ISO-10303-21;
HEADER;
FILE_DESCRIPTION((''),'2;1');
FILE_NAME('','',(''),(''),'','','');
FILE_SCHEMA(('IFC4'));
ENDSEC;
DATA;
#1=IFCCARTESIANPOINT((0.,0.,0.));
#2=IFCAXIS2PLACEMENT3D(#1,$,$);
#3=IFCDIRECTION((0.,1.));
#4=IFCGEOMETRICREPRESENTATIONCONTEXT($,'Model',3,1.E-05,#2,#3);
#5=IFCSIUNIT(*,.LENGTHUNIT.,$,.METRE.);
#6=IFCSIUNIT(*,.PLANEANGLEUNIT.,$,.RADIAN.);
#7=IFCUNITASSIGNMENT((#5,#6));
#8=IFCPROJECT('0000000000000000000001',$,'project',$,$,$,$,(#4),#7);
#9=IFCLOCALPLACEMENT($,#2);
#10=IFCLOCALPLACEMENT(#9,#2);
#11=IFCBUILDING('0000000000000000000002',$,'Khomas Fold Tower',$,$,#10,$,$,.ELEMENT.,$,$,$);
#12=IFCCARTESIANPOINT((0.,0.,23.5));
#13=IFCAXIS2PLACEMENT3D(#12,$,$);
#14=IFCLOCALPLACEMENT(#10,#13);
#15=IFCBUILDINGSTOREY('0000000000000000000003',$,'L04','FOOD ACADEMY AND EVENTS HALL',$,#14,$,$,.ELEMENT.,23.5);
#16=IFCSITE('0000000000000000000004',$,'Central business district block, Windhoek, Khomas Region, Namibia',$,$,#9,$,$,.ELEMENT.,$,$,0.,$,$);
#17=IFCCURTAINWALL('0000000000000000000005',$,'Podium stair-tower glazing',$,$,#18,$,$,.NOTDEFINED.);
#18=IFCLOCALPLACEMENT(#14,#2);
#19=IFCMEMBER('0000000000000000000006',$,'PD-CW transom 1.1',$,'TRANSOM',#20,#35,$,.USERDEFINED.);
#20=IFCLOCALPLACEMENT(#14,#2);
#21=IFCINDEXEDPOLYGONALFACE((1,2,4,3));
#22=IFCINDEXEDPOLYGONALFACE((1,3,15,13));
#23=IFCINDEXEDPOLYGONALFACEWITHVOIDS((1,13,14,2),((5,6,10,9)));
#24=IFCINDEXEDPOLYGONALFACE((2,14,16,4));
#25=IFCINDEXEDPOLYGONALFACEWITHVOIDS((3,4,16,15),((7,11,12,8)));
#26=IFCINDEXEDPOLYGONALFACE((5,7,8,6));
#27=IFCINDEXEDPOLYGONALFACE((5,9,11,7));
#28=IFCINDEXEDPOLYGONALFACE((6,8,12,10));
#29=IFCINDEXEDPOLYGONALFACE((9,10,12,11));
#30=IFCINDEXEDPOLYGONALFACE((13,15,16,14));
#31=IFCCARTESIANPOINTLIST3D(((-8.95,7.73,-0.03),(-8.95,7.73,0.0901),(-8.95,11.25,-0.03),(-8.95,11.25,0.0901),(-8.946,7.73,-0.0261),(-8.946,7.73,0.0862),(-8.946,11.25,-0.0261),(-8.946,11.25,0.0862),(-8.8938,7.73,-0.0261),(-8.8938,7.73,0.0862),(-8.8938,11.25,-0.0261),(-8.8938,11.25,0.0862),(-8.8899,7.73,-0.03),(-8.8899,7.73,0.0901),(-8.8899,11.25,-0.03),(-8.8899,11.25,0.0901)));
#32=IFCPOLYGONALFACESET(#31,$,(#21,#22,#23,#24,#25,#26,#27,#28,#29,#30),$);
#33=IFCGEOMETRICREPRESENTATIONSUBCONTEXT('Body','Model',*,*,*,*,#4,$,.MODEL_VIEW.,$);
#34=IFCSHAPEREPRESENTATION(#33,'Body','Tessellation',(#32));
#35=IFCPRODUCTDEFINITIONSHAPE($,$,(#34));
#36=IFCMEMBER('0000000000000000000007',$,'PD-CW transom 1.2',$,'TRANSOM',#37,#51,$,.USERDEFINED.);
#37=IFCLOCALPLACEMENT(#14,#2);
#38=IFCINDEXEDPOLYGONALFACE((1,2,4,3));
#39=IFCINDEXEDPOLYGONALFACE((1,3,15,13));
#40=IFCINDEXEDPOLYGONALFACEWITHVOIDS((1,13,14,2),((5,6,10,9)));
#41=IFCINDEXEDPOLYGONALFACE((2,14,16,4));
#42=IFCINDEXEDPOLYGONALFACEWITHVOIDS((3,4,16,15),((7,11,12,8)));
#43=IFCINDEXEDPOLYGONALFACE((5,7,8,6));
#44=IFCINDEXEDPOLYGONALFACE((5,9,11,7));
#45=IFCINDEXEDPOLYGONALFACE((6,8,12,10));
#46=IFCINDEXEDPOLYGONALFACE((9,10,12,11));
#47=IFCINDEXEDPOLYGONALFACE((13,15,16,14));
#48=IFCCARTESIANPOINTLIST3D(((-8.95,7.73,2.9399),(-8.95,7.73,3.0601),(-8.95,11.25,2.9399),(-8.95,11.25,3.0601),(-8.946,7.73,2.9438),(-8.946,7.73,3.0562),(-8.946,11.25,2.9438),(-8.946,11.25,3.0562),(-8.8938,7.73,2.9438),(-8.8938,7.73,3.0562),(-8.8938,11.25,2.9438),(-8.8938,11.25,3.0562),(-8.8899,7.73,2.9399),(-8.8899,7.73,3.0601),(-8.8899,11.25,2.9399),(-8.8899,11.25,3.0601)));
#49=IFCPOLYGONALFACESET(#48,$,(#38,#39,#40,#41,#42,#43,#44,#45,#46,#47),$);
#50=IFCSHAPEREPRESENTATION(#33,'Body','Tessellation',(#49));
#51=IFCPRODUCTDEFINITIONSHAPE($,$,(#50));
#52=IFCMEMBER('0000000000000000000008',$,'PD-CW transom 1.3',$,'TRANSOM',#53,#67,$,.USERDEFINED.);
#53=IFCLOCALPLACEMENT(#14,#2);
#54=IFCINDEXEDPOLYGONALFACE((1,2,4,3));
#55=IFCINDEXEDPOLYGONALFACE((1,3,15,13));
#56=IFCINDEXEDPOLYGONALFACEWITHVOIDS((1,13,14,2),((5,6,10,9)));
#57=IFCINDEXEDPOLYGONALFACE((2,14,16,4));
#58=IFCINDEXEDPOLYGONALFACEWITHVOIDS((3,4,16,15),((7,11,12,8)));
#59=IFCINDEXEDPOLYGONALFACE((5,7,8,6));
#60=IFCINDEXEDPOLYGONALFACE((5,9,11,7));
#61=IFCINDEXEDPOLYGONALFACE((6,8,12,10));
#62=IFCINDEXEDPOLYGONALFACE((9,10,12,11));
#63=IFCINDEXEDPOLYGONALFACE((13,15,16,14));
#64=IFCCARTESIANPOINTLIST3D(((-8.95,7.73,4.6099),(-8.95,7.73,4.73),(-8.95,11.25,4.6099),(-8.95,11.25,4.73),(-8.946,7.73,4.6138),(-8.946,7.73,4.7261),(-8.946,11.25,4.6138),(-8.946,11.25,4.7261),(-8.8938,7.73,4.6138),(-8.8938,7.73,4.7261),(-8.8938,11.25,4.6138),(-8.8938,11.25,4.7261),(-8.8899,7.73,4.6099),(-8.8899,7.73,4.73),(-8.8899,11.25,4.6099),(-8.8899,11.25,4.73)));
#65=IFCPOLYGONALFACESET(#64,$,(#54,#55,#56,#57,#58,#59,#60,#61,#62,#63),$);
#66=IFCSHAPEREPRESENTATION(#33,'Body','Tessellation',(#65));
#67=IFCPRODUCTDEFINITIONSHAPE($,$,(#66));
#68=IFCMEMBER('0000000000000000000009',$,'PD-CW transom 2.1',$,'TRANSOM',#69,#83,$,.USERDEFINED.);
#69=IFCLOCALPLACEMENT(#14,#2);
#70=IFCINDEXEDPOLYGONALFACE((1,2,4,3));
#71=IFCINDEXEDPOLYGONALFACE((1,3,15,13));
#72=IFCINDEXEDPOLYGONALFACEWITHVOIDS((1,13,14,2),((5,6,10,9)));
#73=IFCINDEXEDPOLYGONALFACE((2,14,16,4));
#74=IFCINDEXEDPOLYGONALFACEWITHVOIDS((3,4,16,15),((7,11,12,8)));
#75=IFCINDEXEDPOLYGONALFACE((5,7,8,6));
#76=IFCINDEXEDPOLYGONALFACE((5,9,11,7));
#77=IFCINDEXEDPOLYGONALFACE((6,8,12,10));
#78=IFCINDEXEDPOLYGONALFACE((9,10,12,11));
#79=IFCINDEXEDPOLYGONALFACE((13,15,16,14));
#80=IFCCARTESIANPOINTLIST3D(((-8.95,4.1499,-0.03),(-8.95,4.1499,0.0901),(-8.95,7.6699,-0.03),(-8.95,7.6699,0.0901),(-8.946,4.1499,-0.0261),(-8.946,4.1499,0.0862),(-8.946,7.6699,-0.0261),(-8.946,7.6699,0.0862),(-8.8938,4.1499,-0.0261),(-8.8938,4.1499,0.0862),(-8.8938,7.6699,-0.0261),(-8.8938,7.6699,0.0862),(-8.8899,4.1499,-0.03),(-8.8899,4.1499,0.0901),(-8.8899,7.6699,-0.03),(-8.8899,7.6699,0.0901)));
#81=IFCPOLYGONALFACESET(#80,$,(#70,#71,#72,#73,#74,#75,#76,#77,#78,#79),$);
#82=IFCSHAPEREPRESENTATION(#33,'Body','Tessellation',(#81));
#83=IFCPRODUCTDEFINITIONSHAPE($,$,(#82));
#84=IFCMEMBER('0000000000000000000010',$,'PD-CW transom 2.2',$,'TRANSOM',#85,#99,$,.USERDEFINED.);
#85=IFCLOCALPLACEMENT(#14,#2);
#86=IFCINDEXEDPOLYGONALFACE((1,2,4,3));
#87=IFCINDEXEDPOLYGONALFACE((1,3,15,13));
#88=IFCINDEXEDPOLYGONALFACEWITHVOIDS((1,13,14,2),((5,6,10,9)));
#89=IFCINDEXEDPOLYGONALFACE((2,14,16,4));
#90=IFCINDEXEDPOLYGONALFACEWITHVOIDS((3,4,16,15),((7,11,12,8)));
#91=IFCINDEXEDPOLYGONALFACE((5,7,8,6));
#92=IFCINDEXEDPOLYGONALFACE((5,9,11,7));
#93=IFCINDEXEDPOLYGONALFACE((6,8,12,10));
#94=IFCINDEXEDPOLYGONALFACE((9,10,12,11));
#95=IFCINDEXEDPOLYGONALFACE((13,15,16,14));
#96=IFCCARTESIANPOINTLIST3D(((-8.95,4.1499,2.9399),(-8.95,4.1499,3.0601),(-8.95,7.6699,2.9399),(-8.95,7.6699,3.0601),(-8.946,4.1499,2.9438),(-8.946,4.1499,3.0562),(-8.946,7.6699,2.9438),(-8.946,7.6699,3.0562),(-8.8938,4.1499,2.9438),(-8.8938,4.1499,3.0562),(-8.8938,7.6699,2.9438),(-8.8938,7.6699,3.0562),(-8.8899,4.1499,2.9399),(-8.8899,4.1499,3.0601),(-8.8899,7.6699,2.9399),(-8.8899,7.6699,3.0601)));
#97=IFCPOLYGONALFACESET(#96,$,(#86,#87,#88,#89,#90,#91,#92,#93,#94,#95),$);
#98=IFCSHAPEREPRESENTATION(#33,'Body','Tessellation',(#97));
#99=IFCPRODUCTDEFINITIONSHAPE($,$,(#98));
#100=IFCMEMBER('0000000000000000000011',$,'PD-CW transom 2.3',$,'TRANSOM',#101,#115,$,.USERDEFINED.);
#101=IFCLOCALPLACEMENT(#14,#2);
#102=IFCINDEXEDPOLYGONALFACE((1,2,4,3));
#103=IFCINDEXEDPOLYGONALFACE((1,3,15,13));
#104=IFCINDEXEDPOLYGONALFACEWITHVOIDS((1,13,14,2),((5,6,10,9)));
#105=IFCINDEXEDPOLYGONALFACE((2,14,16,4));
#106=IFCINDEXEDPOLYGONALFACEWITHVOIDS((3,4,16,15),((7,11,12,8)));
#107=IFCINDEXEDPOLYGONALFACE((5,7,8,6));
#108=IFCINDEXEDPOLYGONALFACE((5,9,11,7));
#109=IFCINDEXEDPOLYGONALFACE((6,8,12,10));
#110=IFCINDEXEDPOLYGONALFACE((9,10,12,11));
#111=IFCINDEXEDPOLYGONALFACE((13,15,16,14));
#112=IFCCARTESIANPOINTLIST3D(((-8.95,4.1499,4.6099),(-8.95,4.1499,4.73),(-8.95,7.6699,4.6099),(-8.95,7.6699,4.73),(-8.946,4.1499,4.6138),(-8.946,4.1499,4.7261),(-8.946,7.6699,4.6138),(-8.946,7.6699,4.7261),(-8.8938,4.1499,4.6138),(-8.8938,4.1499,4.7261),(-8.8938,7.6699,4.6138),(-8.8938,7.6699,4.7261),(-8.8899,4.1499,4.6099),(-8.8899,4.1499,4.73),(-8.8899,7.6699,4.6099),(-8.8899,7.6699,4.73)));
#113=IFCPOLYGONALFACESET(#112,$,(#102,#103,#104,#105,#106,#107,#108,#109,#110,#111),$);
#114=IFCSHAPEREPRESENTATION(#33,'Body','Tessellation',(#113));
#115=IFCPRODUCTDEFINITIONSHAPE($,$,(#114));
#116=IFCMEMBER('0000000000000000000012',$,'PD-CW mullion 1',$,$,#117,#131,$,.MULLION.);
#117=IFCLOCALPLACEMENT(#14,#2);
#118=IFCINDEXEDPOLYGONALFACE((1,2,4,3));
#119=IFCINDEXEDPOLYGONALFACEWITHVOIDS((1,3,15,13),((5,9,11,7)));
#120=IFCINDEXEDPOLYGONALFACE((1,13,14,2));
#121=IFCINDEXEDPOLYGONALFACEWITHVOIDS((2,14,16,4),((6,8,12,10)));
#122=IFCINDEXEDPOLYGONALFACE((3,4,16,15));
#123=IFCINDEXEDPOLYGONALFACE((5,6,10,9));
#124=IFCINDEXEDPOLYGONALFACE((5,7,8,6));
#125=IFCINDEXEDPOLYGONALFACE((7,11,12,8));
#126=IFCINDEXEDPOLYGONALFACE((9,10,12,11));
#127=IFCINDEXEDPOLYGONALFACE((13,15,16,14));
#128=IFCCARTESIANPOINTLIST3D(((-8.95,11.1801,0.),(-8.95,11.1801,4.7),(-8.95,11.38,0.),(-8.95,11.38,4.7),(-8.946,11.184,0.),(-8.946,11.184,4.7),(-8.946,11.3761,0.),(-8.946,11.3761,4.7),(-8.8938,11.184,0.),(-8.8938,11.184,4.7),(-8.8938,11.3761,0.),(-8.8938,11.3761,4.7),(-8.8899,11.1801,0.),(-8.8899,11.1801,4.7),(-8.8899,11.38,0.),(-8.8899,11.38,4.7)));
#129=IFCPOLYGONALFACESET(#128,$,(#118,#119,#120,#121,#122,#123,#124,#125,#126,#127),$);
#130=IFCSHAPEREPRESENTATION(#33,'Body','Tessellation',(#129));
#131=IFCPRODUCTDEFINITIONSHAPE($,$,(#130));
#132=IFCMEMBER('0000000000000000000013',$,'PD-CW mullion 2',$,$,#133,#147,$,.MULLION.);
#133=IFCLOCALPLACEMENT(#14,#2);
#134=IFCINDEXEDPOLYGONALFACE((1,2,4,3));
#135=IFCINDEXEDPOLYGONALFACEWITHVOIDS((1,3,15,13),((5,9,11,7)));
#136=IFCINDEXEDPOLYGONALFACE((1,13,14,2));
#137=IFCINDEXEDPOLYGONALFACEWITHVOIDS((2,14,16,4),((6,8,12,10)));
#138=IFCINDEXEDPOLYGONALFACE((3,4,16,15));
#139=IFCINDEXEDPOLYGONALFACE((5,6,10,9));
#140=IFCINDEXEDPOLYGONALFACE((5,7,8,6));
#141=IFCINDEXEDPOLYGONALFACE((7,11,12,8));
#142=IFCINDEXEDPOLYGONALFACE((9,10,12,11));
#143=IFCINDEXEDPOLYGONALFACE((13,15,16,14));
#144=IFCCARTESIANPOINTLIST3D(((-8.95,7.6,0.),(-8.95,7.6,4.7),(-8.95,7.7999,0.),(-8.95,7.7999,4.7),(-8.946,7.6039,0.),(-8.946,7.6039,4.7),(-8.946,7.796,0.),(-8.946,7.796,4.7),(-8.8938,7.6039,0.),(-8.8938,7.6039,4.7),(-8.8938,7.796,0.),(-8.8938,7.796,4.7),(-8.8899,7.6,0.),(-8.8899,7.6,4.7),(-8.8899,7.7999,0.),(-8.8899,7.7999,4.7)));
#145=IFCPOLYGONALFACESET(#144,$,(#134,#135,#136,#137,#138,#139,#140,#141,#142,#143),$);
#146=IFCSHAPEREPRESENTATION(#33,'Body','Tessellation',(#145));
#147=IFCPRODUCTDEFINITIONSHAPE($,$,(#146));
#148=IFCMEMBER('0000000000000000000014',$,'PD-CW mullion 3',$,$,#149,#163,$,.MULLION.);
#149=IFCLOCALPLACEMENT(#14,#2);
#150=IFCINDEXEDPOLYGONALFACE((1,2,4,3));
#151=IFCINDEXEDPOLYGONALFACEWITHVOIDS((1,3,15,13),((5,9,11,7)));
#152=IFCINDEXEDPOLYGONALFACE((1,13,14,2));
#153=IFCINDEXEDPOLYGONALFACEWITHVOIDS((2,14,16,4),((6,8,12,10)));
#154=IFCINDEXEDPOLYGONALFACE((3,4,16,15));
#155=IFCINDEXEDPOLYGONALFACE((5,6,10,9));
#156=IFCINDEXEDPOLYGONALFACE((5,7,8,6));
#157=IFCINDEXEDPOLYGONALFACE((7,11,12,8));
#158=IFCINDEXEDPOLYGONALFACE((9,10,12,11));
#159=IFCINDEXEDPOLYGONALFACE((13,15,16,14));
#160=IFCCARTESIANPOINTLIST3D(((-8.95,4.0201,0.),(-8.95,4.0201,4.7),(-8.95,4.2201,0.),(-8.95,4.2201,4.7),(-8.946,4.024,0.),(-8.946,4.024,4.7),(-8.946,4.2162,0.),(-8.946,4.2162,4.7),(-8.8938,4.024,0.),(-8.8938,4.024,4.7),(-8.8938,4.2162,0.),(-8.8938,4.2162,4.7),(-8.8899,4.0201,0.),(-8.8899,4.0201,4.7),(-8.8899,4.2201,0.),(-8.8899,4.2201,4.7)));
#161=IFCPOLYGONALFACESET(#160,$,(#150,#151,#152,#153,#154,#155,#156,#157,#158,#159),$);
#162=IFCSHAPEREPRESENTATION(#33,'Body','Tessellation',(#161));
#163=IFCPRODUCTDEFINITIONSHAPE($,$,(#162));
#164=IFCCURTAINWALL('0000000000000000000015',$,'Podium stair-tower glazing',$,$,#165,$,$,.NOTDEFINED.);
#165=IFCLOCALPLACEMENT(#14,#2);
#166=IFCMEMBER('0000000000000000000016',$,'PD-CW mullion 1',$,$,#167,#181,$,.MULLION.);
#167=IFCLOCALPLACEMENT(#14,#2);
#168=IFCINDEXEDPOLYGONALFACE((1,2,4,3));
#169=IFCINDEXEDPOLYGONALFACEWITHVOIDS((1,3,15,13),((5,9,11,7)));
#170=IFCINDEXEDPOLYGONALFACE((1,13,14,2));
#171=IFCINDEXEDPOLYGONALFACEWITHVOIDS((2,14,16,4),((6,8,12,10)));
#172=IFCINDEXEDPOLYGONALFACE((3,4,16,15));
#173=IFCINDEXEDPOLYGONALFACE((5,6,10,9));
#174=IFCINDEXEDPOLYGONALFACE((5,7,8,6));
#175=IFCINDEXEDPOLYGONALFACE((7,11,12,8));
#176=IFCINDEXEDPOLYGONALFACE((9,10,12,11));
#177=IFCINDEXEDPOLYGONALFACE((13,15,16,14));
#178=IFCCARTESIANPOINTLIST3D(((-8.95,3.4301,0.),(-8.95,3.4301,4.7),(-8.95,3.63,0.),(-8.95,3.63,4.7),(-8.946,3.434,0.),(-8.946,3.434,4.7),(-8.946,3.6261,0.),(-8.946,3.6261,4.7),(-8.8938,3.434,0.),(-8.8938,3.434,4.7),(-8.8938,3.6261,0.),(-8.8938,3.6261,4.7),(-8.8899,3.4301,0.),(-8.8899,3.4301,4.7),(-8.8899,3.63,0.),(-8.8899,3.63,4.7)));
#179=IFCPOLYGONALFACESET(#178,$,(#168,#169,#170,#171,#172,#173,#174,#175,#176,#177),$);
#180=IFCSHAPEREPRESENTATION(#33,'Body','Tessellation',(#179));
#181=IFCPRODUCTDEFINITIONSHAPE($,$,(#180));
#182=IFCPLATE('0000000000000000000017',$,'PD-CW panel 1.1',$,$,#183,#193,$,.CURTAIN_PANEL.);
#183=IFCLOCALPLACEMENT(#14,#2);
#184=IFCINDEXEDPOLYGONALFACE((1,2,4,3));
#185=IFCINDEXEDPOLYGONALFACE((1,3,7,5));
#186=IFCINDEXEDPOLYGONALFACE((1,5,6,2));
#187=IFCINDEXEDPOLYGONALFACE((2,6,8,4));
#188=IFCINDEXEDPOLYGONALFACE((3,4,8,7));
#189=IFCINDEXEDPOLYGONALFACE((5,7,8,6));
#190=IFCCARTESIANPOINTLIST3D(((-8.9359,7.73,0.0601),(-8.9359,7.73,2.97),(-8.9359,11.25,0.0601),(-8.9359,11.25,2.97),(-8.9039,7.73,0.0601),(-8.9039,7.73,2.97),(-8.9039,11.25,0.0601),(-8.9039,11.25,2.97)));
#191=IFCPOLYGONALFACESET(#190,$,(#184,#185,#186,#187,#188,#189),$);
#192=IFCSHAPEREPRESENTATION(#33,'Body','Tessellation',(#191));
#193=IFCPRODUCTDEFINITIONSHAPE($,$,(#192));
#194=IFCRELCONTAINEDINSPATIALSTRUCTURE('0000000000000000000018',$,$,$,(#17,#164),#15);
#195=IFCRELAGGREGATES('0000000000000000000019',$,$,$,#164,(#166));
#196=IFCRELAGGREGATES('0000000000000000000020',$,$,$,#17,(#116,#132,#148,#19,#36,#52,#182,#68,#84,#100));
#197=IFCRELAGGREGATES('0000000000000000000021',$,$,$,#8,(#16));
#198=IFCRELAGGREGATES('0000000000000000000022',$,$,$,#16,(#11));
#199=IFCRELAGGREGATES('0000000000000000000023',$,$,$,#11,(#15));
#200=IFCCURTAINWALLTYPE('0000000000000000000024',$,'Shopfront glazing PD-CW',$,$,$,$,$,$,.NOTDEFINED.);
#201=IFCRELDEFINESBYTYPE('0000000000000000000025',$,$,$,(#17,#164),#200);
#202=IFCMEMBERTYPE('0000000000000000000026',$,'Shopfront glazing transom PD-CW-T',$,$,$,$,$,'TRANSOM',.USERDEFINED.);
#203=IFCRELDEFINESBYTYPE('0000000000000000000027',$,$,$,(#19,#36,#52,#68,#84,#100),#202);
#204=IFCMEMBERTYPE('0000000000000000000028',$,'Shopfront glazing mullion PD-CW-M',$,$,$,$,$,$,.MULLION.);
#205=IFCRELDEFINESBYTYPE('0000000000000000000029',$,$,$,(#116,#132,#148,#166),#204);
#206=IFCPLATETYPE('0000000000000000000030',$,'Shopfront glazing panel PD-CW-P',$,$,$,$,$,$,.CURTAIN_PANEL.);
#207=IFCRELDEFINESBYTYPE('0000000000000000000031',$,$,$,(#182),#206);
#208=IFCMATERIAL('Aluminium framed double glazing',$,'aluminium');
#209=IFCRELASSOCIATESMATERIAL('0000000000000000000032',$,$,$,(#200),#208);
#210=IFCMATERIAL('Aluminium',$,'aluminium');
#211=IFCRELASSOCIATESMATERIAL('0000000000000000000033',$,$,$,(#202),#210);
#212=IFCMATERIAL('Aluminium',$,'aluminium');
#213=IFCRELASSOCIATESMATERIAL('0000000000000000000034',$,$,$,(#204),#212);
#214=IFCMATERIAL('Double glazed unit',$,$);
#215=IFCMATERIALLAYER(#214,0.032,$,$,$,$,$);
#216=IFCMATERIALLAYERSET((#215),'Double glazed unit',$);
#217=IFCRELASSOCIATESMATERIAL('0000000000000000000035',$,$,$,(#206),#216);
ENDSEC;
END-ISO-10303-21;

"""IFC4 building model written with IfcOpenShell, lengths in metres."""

from ifc_helpers import new_model, si_unit, direction, frame, origin, origin_2d, place, context, subcontext, project, spatial, rectangle, hollow_rectangle, extrude, source, transform, mapped, material, layer, layer_set, material_profile, profile_set, type_object, element, aggregate, save


model = new_model("IFC4")

# Units and contexts
model_context = context("Model", 3, precision=1e-05, world=origin(), true_north=direction((0.0, 1.0)))
body_context = subcontext(model_context, "Body", "Model", "MODEL_VIEW")
ifc_project = project(units=[si_unit("LENGTHUNIT", "METRE"), si_unit("PLANEANGLEUNIT", "RADIAN")], contexts=[model_context])

# Site, building, storey
site_placement = place(None, origin())
site = spatial("IfcSite", under=ifc_project, at=site_placement, Name="Central business district block, Windhoek, Khomas Region, Namibia", CompositionType="ELEMENT", RefElevation=0.0)
building_placement = place(site_placement, origin())
building = spatial("IfcBuilding", under=site, at=building_placement, Name="Khomas Fold Tower", CompositionType="ELEMENT")
storey_placement = place(building_placement, frame((0.0, 0.0, 23.5)))
storey = spatial("IfcBuildingStorey", under=building, at=storey_placement, Name="L04", Description="FOOD ACADEMY AND EVENTS HALL", CompositionType="ELEMENT", Elevation=23.5)

# Curtain wall, members
ifc_material_1 = material(Name="Aluminium framed double glazing", Category="aluminium")
curtain_wall_type = type_object("IfcCurtainWallType", Name="Shopfront glazing PD-CW", PredefinedType="NOTDEFINED", material=ifc_material_1)
curtain_wall_1_placement = place(storey_placement, origin())
curtain_wall_1 = element("IfcCurtainWall", 1, at=curtain_wall_1_placement, inside=storey, type_object=curtain_wall_type, Name="Podium stair-tower glazing", PredefinedType="NOTDEFINED")
ifc_material_2 = material(Name="Aluminium", Category="aluminium")
ifc_material_profile_1 = material_profile(ifc_material_2, hollow_rectangle(XDim=0.0601, YDim=0.1201, WallThickness=0.0039, at=origin_2d()), Name="Shopfront glazing transom PD-CW-T")
ifc_profile_set_1 = profile_set([ifc_material_profile_1], Name="Aluminium")
member_type_1 = type_object("IfcMemberType", Name="Shopfront glazing transom PD-CW-T", ElementType="TRANSOM", PredefinedType="USERDEFINED", material=ifc_profile_set_1)
shared_shape_1 = source(origin(), body_context, "Body", "SweptSolid", [
    extrude(hollow_rectangle(XDim=0.0601, YDim=0.1201, WallThickness=0.0039, at=origin_2d()), origin(), (0.0, 0.0, 1.0), 3.52),
])
member_1_placement = place(storey_placement, frame((-8.9199, 11.25, 0.03), z_axis=(0.0, -1.0, 0.0), x_axis=(1.0, 0.0, 0.0)))
member_1 = element("IfcMember", 2, at=member_1_placement, type_object=member_type_1, Name="PD-CW transom 1.1", ObjectType="TRANSOM", PredefinedType="USERDEFINED", context=body_context, shape_type="MappedRepresentation", body=[
    mapped(shared_shape_1, transform((0.0, 0.0, 0.0))),
])
member_2_placement = place(storey_placement, frame((-8.9199, 11.25, 3.0), z_axis=(0.0, -1.0, 0.0), x_axis=(1.0, 0.0, 0.0)))
member_2 = element("IfcMember", 3, at=member_2_placement, type_object=member_type_1, Name="PD-CW transom 1.2", ObjectType="TRANSOM", PredefinedType="USERDEFINED", context=body_context, shape_type="MappedRepresentation", body=[
    mapped(shared_shape_1, transform((0.0, 0.0, 0.0))),
])
member_3_placement = place(storey_placement, frame((-8.9199, 11.25, 4.6699), z_axis=(0.0, -1.0, 0.0), x_axis=(1.0, 0.0, 0.0)))
member_3 = element("IfcMember", 4, at=member_3_placement, type_object=member_type_1, Name="PD-CW transom 1.3", ObjectType="TRANSOM", PredefinedType="USERDEFINED", context=body_context, shape_type="MappedRepresentation", body=[
    mapped(shared_shape_1, transform((0.0, 0.0, 0.0))),
])
member_4_placement = place(storey_placement, frame((-8.9199, 7.6699, 0.03), z_axis=(0.0, -1.0, 0.0), x_axis=(1.0, 0.0, 0.0)))
member_4 = element("IfcMember", 5, at=member_4_placement, type_object=member_type_1, Name="PD-CW transom 2.1", ObjectType="TRANSOM", PredefinedType="USERDEFINED", context=body_context, shape_type="MappedRepresentation", body=[
    mapped(shared_shape_1, transform((0.0, 0.0, 0.0))),
])
member_5_placement = place(storey_placement, frame((-8.9199, 7.6699, 3.0), z_axis=(0.0, -1.0, 0.0), x_axis=(1.0, 0.0, 0.0)))
member_5 = element("IfcMember", 6, at=member_5_placement, type_object=member_type_1, Name="PD-CW transom 2.2", ObjectType="TRANSOM", PredefinedType="USERDEFINED", context=body_context, shape_type="MappedRepresentation", body=[
    mapped(shared_shape_1, transform((0.0, 0.0, 0.0))),
])
member_6_placement = place(storey_placement, frame((-8.9199, 7.6699, 4.6699), z_axis=(0.0, -1.0, 0.0), x_axis=(1.0, 0.0, 0.0)))
member_6 = element("IfcMember", 7, at=member_6_placement, type_object=member_type_1, Name="PD-CW transom 2.3", ObjectType="TRANSOM", PredefinedType="USERDEFINED", context=body_context, shape_type="MappedRepresentation", body=[
    mapped(shared_shape_1, transform((0.0, 0.0, 0.0))),
])
ifc_material_3 = material(Name="Aluminium", Category="aluminium")
ifc_material_profile_2 = material_profile(ifc_material_3, hollow_rectangle(XDim=0.0601, YDim=0.2, WallThickness=0.0039, at=origin_2d()), Name="Shopfront glazing mullion PD-CW-M")
ifc_profile_set_2 = profile_set([ifc_material_profile_2], Name="Aluminium")
member_type_2 = type_object("IfcMemberType", Name="Shopfront glazing mullion PD-CW-M", PredefinedType="MULLION", material=ifc_profile_set_2)
shared_shape_2 = source(origin(), body_context, "Body", "SweptSolid", [
    extrude(hollow_rectangle(XDim=0.0601, YDim=0.2, WallThickness=0.0039, at=origin_2d()), origin(), (0.0, 0.0, 1.0), 4.7),
])
member_7_placement = place(storey_placement, frame((-8.9199, 11.28, 0.0), z_axis=(0.0, 0.0, 1.0), x_axis=(1.0, 0.0, 0.0)))
member_7 = element("IfcMember", 8, at=member_7_placement, type_object=member_type_2, Name="PD-CW mullion 1", PredefinedType="MULLION", context=body_context, shape_type="MappedRepresentation", body=[
    mapped(shared_shape_2, transform((0.0, 0.0, 0.0))),
])
member_8_placement = place(storey_placement, frame((-8.9199, 7.7, 0.0), z_axis=(0.0, 0.0, 1.0), x_axis=(1.0, 0.0, 0.0)))
member_8 = element("IfcMember", 9, at=member_8_placement, type_object=member_type_2, Name="PD-CW mullion 2", PredefinedType="MULLION", context=body_context, shape_type="MappedRepresentation", body=[
    mapped(shared_shape_2, transform((0.0, 0.0, 0.0))),
])
member_9_placement = place(storey_placement, frame((-8.9199, 4.1201, 0.0), z_axis=(0.0, 0.0, 1.0), x_axis=(1.0, 0.0, 0.0)))
member_9 = element("IfcMember", 10, at=member_9_placement, type_object=member_type_2, Name="PD-CW mullion 3", PredefinedType="MULLION", context=body_context, shape_type="MappedRepresentation", body=[
    mapped(shared_shape_2, transform((0.0, 0.0, 0.0))),
])

# Curtain wall, member
curtain_wall_2_placement = place(storey_placement, origin())
curtain_wall_2 = element("IfcCurtainWall", 11, at=curtain_wall_2_placement, inside=storey, type_object=curtain_wall_type, Name="Podium stair-tower glazing", PredefinedType="NOTDEFINED")
member_10_placement = place(storey_placement, frame((-8.9199, 3.53, 0.0), z_axis=(0.0, 0.0, 1.0), x_axis=(1.0, 0.0, 0.0)))
member_10 = element("IfcMember", 12, at=member_10_placement, type_object=member_type_2, Name="PD-CW mullion 1", PredefinedType="MULLION", context=body_context, shape_type="MappedRepresentation", body=[
    mapped(shared_shape_2, transform((0.0, 0.0, 0.0))),
])
aggregate(curtain_wall_2, [member_10])

# Plate
ifc_material_4 = material(Name="Double glazed unit")
ifc_layer_1 = layer(ifc_material_4, 0.032)
ifc_layer_set_1 = layer_set([ifc_layer_1], Name="Double glazed unit")
plate_type = type_object("IfcPlateType", Name="Shopfront glazing panel PD-CW-P", PredefinedType="CURTAIN_PANEL", material=ifc_layer_set_1)
shared_shape_3 = source(origin(), body_context, "Body", "SweptSolid", [
    extrude(rectangle(XDim=3.52, YDim=0.032, at=origin_2d()), origin(), (0.0, 0.0, 1.0), 2.9099),
])
plate_1_placement = place(storey_placement, frame((-8.9199, 9.49, 0.0601), z_axis=(0.0, 0.0, 1.0), x_axis=(0.0, -1.0, 0.0)))
plate_1 = element("IfcPlate", 13, at=plate_1_placement, type_object=plate_type, Name="PD-CW panel 1.1", PredefinedType="CURTAIN_PANEL", context=body_context, shape_type="MappedRepresentation", body=[
    mapped(shared_shape_3, transform((0.0, 0.0, 0.0))),
])
aggregate(curtain_wall_1, [member_7, member_8, member_9, member_1, member_2, member_3, plate_1, member_4, member_5, member_6])

save(model, "model.ifc")
